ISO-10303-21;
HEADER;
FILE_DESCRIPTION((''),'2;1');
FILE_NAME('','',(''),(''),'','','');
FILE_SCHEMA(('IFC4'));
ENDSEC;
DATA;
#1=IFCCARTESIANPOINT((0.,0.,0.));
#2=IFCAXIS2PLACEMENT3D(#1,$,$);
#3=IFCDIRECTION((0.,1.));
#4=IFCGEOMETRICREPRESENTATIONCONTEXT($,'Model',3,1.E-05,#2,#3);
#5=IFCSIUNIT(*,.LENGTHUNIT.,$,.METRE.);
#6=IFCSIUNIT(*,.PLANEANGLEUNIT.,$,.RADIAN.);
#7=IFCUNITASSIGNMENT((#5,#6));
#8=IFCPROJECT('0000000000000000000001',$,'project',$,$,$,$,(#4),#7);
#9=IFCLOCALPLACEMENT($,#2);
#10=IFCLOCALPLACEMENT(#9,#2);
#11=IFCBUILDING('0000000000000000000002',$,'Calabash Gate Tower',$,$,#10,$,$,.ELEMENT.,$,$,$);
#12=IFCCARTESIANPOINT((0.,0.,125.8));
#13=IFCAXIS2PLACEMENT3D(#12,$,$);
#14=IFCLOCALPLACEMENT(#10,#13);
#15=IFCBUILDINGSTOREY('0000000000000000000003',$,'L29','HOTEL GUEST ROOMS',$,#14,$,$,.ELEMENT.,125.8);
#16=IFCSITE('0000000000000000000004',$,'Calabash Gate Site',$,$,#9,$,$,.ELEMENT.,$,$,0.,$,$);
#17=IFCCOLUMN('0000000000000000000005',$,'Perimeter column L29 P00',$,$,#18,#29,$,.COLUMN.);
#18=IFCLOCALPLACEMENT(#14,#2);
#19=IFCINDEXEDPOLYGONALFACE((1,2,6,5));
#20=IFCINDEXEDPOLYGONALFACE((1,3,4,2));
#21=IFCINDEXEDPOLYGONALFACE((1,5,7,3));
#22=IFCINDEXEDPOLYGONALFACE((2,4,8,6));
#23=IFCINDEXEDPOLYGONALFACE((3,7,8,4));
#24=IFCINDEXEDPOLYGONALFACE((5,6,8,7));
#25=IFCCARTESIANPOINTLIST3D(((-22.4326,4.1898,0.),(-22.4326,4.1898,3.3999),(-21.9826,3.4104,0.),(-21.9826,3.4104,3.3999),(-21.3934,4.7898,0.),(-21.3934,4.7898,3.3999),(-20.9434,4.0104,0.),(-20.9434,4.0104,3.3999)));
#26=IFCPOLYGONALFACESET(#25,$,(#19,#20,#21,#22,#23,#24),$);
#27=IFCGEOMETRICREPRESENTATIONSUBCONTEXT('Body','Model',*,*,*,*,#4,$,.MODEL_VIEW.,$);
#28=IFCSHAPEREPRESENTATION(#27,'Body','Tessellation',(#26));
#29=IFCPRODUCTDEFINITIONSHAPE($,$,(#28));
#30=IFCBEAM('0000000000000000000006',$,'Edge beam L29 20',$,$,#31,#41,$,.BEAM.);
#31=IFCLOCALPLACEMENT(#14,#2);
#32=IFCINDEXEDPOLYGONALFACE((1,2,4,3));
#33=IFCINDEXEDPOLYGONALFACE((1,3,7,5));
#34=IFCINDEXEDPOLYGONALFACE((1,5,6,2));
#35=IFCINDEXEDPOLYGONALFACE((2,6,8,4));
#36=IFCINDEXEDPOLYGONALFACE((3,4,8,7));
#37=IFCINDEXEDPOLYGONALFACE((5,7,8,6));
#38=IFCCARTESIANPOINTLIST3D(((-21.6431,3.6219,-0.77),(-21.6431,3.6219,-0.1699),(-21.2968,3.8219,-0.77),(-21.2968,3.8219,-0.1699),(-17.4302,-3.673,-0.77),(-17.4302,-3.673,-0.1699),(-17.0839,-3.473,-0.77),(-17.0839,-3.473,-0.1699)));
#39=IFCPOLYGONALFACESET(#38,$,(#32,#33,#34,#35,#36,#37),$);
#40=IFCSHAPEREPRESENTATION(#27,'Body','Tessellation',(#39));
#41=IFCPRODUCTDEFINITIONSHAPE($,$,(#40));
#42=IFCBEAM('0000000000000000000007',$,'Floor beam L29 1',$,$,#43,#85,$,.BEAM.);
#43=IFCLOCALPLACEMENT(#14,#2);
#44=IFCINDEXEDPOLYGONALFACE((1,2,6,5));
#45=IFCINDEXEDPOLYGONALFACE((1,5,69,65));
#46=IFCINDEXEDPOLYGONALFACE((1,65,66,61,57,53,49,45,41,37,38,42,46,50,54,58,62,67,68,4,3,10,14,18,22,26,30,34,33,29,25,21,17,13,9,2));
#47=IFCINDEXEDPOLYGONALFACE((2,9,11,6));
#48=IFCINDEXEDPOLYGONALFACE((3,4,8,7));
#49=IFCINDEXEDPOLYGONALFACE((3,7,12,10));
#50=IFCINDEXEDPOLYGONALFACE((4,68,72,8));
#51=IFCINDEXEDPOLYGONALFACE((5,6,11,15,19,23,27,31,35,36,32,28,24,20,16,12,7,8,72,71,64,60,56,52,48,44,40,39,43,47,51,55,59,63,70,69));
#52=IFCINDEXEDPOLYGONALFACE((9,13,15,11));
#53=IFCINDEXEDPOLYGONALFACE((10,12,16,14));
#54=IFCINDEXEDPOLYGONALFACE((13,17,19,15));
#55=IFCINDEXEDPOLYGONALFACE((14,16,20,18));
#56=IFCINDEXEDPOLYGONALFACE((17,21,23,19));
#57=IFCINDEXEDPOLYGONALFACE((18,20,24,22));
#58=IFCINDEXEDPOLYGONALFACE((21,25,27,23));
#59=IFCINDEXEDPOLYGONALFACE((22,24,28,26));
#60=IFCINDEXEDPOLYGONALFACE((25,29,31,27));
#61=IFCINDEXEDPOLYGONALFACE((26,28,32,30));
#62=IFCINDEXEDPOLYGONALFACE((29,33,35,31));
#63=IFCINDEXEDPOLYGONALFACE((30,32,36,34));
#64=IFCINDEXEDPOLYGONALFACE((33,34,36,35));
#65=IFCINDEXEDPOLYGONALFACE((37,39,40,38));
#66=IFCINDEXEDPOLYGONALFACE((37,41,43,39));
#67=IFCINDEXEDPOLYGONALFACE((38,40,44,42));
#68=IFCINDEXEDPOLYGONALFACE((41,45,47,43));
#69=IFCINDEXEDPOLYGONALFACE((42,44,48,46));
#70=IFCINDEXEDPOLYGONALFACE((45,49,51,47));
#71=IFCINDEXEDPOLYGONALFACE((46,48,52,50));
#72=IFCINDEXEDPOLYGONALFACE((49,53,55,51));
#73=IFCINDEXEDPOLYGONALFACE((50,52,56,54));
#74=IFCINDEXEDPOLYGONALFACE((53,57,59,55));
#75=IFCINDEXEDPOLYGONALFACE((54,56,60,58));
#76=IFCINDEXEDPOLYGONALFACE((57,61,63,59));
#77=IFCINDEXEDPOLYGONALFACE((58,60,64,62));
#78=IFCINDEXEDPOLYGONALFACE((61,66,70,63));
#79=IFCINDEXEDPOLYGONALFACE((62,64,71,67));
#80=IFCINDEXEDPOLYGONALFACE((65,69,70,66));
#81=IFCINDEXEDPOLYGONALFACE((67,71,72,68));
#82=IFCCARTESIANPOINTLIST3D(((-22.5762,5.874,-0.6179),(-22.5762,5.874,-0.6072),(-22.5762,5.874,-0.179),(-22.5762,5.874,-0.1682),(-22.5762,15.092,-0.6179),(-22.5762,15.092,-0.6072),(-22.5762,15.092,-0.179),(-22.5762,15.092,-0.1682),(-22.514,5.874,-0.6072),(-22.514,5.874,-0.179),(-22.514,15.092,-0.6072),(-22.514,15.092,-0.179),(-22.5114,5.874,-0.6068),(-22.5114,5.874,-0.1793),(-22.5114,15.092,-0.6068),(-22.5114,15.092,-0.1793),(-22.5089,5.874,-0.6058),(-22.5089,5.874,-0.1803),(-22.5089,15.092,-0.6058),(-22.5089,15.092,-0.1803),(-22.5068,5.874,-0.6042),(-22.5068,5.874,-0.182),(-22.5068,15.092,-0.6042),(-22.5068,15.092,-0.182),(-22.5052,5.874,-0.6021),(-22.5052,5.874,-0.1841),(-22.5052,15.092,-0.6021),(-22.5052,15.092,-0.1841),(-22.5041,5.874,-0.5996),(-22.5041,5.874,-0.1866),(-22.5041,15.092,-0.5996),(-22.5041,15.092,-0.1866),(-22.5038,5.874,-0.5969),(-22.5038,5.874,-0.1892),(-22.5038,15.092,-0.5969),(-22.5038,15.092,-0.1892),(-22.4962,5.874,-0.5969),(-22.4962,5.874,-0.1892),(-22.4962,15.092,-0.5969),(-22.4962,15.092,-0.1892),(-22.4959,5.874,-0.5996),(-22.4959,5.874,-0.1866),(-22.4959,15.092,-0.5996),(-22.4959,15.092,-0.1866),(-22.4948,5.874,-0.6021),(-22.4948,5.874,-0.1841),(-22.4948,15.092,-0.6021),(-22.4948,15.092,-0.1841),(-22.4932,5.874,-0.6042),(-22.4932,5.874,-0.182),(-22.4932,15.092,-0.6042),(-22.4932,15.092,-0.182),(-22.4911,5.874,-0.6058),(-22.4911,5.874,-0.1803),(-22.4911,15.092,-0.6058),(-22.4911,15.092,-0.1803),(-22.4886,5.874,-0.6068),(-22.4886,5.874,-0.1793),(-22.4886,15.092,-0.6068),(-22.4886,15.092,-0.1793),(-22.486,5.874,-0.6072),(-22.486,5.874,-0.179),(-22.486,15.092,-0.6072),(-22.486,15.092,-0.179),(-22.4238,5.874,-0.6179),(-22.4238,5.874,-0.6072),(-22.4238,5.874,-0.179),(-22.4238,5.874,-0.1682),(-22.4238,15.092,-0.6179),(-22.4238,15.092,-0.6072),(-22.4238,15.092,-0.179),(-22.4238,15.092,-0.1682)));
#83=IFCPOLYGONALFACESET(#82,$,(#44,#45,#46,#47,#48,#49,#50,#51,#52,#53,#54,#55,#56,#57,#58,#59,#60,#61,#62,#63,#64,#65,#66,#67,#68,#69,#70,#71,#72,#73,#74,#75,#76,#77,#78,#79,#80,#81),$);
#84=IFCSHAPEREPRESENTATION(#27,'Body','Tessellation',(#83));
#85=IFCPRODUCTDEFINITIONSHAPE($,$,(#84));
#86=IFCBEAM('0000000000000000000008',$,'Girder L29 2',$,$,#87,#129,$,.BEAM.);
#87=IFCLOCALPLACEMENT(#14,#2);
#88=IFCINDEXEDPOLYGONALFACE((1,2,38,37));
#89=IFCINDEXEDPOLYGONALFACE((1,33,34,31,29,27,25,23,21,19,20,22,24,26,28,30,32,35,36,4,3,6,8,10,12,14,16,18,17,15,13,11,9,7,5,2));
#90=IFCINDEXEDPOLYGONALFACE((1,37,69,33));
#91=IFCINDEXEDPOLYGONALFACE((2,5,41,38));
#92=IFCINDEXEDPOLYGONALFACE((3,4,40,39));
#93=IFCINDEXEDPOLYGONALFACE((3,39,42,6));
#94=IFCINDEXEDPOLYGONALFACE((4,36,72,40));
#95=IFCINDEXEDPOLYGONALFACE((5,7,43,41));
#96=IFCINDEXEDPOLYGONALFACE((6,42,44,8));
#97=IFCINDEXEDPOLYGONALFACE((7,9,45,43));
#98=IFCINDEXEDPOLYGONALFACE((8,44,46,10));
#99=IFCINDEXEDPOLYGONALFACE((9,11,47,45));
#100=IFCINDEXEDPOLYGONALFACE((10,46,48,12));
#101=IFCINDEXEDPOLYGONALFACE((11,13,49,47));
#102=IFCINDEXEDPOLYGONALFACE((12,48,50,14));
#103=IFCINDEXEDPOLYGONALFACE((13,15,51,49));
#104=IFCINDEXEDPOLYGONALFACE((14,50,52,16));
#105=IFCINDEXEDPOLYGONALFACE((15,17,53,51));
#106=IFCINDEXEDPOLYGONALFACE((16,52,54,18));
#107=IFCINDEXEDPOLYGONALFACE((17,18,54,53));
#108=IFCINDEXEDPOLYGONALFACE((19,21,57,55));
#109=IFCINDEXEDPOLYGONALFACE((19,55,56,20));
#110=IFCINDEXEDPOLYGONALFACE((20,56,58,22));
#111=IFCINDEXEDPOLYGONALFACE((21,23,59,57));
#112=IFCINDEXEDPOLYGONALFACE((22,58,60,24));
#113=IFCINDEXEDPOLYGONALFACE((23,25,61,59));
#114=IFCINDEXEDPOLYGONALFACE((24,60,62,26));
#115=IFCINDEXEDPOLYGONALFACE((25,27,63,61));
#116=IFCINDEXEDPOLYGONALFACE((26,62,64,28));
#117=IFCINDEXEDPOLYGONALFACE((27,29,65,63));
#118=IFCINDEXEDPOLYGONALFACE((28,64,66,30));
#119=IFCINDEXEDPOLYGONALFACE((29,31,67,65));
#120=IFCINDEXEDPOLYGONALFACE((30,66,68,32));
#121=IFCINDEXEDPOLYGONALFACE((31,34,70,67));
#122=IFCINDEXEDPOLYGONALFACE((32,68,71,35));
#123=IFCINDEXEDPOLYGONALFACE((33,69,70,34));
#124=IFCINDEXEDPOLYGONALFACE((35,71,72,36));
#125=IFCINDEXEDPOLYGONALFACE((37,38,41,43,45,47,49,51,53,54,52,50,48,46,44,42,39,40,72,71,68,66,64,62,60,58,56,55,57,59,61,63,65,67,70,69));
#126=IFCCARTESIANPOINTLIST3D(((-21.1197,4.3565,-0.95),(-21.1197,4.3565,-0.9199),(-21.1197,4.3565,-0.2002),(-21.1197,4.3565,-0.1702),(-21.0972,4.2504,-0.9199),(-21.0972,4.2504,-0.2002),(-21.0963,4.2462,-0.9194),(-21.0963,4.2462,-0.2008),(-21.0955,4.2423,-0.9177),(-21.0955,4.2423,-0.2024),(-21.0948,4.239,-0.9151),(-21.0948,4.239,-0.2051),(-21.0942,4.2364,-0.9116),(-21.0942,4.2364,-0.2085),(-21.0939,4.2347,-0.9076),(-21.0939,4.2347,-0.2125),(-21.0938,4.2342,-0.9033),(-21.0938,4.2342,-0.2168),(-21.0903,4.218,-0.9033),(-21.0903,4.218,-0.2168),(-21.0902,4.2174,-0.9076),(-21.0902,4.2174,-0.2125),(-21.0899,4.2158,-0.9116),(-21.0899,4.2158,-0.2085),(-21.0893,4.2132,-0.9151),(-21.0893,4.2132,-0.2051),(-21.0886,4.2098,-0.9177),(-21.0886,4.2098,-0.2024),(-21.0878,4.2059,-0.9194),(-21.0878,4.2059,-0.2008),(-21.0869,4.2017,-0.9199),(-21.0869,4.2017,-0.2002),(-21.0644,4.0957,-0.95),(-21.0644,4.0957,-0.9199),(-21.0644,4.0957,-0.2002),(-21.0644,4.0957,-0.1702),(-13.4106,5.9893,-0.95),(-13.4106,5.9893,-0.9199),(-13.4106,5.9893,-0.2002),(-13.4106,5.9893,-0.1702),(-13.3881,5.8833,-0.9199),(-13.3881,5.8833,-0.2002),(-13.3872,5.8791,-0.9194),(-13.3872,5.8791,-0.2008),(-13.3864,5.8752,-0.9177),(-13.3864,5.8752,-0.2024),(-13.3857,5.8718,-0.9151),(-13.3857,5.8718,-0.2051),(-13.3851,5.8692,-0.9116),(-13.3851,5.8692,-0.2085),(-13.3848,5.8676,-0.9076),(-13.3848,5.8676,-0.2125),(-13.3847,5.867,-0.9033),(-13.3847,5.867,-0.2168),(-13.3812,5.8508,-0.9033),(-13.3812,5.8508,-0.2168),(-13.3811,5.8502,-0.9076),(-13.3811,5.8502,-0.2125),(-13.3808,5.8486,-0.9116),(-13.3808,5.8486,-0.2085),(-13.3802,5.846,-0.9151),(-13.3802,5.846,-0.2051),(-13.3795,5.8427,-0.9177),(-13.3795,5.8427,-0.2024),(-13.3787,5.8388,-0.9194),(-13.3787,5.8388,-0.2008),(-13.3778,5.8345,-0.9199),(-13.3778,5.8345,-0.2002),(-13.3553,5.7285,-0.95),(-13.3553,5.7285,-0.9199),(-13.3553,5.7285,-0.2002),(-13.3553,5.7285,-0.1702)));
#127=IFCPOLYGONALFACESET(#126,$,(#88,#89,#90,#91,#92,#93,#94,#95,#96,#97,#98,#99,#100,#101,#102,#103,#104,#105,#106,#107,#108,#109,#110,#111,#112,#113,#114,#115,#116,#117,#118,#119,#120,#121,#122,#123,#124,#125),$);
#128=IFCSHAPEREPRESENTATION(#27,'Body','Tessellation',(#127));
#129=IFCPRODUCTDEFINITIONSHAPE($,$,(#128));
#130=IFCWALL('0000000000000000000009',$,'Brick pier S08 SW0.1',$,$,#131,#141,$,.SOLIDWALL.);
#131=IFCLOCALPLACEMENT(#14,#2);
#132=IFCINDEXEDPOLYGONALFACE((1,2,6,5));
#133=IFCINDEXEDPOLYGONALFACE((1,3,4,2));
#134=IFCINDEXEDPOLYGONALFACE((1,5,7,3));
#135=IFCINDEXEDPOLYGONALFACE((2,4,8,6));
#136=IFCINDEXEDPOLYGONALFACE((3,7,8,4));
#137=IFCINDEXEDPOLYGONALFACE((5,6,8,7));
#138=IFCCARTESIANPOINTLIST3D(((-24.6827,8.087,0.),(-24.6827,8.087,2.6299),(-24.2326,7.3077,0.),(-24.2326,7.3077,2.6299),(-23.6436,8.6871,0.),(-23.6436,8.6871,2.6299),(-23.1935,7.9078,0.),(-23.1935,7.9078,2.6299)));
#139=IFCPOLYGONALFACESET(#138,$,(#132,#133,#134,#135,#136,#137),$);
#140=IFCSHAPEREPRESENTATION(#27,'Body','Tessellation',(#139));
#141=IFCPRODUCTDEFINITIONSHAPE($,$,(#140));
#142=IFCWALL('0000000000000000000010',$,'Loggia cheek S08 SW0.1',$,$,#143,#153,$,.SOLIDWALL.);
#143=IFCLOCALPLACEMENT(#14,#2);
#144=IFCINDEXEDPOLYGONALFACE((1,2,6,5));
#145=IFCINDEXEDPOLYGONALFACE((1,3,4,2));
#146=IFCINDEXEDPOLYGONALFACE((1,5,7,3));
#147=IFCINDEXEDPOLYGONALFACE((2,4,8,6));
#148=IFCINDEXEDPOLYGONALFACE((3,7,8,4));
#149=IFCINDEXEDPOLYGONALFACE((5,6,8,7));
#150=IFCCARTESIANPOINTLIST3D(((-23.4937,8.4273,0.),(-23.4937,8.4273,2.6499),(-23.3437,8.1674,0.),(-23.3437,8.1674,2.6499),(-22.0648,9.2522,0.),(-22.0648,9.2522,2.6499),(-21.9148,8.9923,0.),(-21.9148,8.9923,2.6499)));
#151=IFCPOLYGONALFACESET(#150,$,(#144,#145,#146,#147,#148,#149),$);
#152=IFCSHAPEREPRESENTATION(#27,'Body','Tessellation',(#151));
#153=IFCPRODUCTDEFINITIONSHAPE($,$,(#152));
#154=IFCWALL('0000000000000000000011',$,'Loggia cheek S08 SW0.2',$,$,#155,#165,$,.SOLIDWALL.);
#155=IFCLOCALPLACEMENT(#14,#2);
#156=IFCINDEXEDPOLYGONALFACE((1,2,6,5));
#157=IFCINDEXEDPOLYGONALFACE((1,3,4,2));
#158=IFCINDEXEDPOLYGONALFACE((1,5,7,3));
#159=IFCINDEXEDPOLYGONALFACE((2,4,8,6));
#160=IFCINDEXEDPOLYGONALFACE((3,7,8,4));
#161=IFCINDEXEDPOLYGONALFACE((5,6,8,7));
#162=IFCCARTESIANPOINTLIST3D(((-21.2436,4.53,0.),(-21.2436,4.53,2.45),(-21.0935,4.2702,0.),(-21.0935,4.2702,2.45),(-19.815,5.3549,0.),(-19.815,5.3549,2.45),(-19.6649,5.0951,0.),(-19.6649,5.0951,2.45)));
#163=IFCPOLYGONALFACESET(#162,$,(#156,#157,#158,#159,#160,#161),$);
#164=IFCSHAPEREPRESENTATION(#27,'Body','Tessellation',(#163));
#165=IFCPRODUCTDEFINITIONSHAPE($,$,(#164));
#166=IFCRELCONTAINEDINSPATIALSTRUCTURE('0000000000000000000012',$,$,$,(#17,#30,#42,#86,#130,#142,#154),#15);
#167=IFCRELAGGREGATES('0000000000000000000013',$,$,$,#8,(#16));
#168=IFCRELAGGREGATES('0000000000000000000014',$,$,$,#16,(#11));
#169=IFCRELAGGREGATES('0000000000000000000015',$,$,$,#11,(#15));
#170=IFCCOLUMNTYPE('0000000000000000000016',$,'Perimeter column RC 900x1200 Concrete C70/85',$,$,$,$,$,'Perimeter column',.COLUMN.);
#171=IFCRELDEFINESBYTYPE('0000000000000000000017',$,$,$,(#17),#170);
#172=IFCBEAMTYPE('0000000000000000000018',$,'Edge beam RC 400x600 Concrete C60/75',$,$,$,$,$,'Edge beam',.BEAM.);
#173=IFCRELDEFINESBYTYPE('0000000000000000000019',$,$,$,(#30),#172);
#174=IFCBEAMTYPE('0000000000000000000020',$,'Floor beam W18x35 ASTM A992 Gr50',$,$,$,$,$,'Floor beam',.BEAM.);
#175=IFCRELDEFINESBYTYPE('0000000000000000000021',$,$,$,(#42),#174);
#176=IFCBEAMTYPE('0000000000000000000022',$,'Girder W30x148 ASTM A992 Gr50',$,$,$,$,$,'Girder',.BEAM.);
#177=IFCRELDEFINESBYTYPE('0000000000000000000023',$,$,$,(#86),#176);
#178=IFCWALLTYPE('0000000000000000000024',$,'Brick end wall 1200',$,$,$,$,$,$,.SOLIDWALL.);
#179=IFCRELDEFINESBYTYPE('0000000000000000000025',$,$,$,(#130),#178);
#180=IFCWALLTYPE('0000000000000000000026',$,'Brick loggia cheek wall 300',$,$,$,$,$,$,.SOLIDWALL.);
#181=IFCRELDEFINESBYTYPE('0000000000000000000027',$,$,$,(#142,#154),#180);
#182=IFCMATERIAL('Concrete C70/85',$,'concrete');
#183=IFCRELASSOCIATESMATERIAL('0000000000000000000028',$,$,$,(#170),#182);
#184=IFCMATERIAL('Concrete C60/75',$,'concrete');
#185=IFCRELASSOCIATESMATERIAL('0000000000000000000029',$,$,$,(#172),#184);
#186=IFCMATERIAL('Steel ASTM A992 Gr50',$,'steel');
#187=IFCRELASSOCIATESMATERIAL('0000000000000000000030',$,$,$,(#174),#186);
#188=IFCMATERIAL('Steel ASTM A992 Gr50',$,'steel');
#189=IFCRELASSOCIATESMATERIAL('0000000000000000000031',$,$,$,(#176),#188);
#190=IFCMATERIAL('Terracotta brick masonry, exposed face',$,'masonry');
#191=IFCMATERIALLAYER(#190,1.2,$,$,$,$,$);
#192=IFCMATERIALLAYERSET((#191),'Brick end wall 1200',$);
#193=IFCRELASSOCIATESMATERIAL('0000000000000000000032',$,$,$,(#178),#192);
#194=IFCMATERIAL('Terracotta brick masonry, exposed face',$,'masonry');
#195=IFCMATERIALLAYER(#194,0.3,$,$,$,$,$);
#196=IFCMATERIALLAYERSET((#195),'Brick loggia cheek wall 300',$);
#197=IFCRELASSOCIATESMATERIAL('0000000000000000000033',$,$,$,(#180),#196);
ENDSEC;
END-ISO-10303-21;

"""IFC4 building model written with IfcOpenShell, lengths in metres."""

from ifc_helpers import new_model, si_unit, direction, frame, frame_2d, origin, origin_2d, place, context, subcontext, project, spatial, rectangle, i_section, extrude, material, layer, layer_set, material_profile, profile_set, type_object, element, save


model = new_model("IFC4")

# Units and contexts
model_context = context("Model", 3, precision=1e-05, world=origin(), true_north=direction((0.0, 1.0)))
body_context = subcontext(model_context, "Body", "Model", "MODEL_VIEW")
ifc_project = project(units=[si_unit("LENGTHUNIT", "METRE"), si_unit("PLANEANGLEUNIT", "RADIAN")], contexts=[model_context])

# Site, building, storey
site_placement = place(None, origin())
site = spatial("IfcSite", under=ifc_project, at=site_placement, Name="Calabash Gate Site", CompositionType="ELEMENT", RefElevation=0.0)
building_placement = place(site_placement, origin())
building = spatial("IfcBuilding", under=site, at=building_placement, Name="Calabash Gate Tower", CompositionType="ELEMENT")
storey_placement = place(building_placement, frame((0.0, 0.0, 125.8)))
storey = spatial("IfcBuildingStorey", under=building, at=storey_placement, Name="L29", Description="HOTEL GUEST ROOMS", CompositionType="ELEMENT", Elevation=125.8)

# Column
ifc_material_1 = material(Name="Concrete C70/85", Category="concrete")
ifc_material_profile_1 = material_profile(ifc_material_1, rectangle(XDim=0.8999, YDim=1.2, at=origin_2d()))
ifc_profile_set_1 = profile_set([ifc_material_profile_1], Name="Concrete C70/85")
column_type = type_object("IfcColumnType", Name="Perimeter column RC 900x1200 Concrete C70/85", ElementType="Perimeter column", PredefinedType="COLUMN", material=ifc_profile_set_1)
column_placement = place(storey_placement, frame((-21.688, 4.1001, 0.0), z_axis=(0.0, 0.0, 1.0), x_axis=(0.5, -0.866025, 0.0)))
element("IfcColumn", 1, at=column_placement, inside=storey, type_object=column_type, Name="Perimeter column L29 P00", PredefinedType="COLUMN", context=body_context, shape_type="SweptSolid", body=[
    extrude(rectangle(XDim=0.8999, YDim=1.2, at=origin_2d()), origin(), (0.0, 0.0, 1.0), 3.3999),
])

# Beams
ifc_material_2 = material(Name="Concrete C60/75", Category="concrete")
ifc_material_profile_2 = material_profile(ifc_material_2, rectangle(XDim=0.3999, YDim=0.6001, at=origin_2d()))
ifc_profile_set_2 = profile_set([ifc_material_profile_2], Name="Concrete C60/75")
beam_type_1 = type_object("IfcBeamType", Name="Edge beam RC 400x600 Concrete C60/75", ElementType="Edge beam", PredefinedType="BEAM", material=ifc_profile_set_2)
beam_1_placement = place(storey_placement, frame((-21.47, 3.7219, -0.47), z_axis=(0.500104, -0.865965, 0.0), x_axis=(0.865965, 0.500104, 0.0)))
element("IfcBeam", 2, at=beam_1_placement, inside=storey, type_object=beam_type_1, Name="Edge beam L29 20", PredefinedType="BEAM", context=body_context, shape_type="SweptSolid", body=[
    extrude(rectangle(XDim=0.3999, YDim=0.6001, at=origin_2d()), origin(), (0.0, 0.0, 1.0), 8.4241),
])
ifc_material_3 = material(Name="Steel ASTM A992 Gr50", Category="steel")
ifc_material_profile_3 = material_profile(ifc_material_3, i_section(OverallWidth=0.1523, OverallDepth=0.4497, WebThickness=0.0076, FlangeThickness=0.0107, FilletRadius=0.0103, at=origin_2d()))
ifc_profile_set_3 = profile_set([ifc_material_profile_3], Name="Steel ASTM A992 Gr50")
beam_type_2 = type_object("IfcBeamType", Name="Floor beam W18x35 ASTM A992 Gr50", ElementType="Floor beam", PredefinedType="BEAM", material=ifc_profile_set_3)
beam_2_placement = place(storey_placement, frame((-22.5, 5.874, -0.3931), z_axis=(0.0, 1.0, 0.0), x_axis=(-1.0, 0.0, 0.0)))
element("IfcBeam", 3, at=beam_2_placement, inside=storey, type_object=beam_type_2, Name="Floor beam L29 1", PredefinedType="BEAM", context=body_context, shape_type="SweptSolid", body=[
    extrude(i_section(OverallWidth=0.1523, OverallDepth=0.4497, WebThickness=0.0076, FlangeThickness=0.0107, FilletRadius=0.0103, at=origin_2d()), origin(), (0.0, 0.0, 1.0), 9.218),
])
ifc_material_4 = material(Name="Steel ASTM A992 Gr50", Category="steel")
ifc_material_profile_4 = material_profile(ifc_material_4, i_section(OverallWidth=0.2666, OverallDepth=0.7798, WebThickness=0.0166, FlangeThickness=0.03, FilletRadius=0.0166, at=origin_2d()))
ifc_profile_set_4 = profile_set([ifc_material_profile_4], Name="Steel ASTM A992 Gr50")
beam_type_3 = type_object("IfcBeamType", Name="Girder W30x148 ASTM A992 Gr50", ElementType="Girder", PredefinedType="BEAM", material=ifc_profile_set_4)
beam_3_placement = place(storey_placement, frame((-21.092, 4.2261, -0.5601), z_axis=(0.978297, 0.20721, 0.0), x_axis=(-0.20721, 0.978297, 0.0)))
element("IfcBeam", 4, at=beam_3_placement, inside=storey, type_object=beam_type_3, Name="Girder L29 2", PredefinedType="BEAM", context=body_context, shape_type="SweptSolid", body=[
    extrude(i_section(OverallWidth=0.2666, OverallDepth=0.7798, WebThickness=0.0166, FlangeThickness=0.03, FilletRadius=0.0166, at=origin_2d()), origin(), (0.0, 0.0, 1.0), 7.8801),
])

# Walls
ifc_material_5 = material(Name="Terracotta brick masonry, exposed face", Category="masonry")
ifc_layer_1 = layer(ifc_material_5, 1.2)
ifc_layer_set_1 = layer_set([ifc_layer_1], Name="Brick end wall 1200")
wall_type_1 = type_object("IfcWallType", Name="Brick end wall 1200", PredefinedType="SOLIDWALL", material=ifc_layer_set_1)
wall_1_placement = place(storey_placement, frame((-24.4578, 7.6973, 0.0), z_axis=(0.0, 0.0, 1.0), x_axis=(0.865955, 0.500122, 0.0)))
element("IfcWall", 5, at=wall_1_placement, inside=storey, type_object=wall_type_1, Name="Brick pier S08 SW0.1", PredefinedType="SOLIDWALL", context=body_context, shape_type="SweptSolid", body=[
    extrude(rectangle(XDim=1.2, YDim=0.8999, at=frame_2d((0.6001, 0.0))), origin(), (0.0, 0.0, 1.0), 2.6299),
])
ifc_material_6 = material(Name="Terracotta brick masonry, exposed face", Category="masonry")
ifc_layer_2 = layer(ifc_material_6, 0.3)
ifc_layer_set_2 = layer_set([ifc_layer_2], Name="Brick loggia cheek wall 300")
wall_type_2 = type_object("IfcWallType", Name="Brick loggia cheek wall 300", PredefinedType="SOLIDWALL", material=ifc_layer_set_2)
wall_2_placement = place(storey_placement, frame((-23.4187, 8.2974, 0.0), z_axis=(0.0, 0.0, 1.0), x_axis=(0.86604, 0.499974, 0.0)))
element("IfcWall", 6, at=wall_2_placement, inside=storey, type_object=wall_type_2, Name="Loggia cheek S08 SW0.1", PredefinedType="SOLIDWALL", context=body_context, shape_type="SweptSolid", body=[
    extrude(rectangle(XDim=1.6499, YDim=0.3, at=frame_2d((0.825, 0.0))), origin(), (0.0, 0.0, 1.0), 2.6499),
])
wall_3_placement = place(storey_placement, frame((-21.1685, 4.4001, 0.0), z_axis=(0.0, 0.0, 1.0), x_axis=(0.866003, 0.500038, 0.0)))
element("IfcWall", 7, at=wall_3_placement, inside=storey, type_object=wall_type_2, Name="Loggia cheek S08 SW0.2", PredefinedType="SOLIDWALL", context=body_context, shape_type="SweptSolid", body=[
    extrude(rectangle(XDim=1.6497, YDim=0.3, at=frame_2d((0.8247, 0.0))), origin(), (0.0, 0.0, 1.0), 2.45),
])

save(model, "model.ifc")
